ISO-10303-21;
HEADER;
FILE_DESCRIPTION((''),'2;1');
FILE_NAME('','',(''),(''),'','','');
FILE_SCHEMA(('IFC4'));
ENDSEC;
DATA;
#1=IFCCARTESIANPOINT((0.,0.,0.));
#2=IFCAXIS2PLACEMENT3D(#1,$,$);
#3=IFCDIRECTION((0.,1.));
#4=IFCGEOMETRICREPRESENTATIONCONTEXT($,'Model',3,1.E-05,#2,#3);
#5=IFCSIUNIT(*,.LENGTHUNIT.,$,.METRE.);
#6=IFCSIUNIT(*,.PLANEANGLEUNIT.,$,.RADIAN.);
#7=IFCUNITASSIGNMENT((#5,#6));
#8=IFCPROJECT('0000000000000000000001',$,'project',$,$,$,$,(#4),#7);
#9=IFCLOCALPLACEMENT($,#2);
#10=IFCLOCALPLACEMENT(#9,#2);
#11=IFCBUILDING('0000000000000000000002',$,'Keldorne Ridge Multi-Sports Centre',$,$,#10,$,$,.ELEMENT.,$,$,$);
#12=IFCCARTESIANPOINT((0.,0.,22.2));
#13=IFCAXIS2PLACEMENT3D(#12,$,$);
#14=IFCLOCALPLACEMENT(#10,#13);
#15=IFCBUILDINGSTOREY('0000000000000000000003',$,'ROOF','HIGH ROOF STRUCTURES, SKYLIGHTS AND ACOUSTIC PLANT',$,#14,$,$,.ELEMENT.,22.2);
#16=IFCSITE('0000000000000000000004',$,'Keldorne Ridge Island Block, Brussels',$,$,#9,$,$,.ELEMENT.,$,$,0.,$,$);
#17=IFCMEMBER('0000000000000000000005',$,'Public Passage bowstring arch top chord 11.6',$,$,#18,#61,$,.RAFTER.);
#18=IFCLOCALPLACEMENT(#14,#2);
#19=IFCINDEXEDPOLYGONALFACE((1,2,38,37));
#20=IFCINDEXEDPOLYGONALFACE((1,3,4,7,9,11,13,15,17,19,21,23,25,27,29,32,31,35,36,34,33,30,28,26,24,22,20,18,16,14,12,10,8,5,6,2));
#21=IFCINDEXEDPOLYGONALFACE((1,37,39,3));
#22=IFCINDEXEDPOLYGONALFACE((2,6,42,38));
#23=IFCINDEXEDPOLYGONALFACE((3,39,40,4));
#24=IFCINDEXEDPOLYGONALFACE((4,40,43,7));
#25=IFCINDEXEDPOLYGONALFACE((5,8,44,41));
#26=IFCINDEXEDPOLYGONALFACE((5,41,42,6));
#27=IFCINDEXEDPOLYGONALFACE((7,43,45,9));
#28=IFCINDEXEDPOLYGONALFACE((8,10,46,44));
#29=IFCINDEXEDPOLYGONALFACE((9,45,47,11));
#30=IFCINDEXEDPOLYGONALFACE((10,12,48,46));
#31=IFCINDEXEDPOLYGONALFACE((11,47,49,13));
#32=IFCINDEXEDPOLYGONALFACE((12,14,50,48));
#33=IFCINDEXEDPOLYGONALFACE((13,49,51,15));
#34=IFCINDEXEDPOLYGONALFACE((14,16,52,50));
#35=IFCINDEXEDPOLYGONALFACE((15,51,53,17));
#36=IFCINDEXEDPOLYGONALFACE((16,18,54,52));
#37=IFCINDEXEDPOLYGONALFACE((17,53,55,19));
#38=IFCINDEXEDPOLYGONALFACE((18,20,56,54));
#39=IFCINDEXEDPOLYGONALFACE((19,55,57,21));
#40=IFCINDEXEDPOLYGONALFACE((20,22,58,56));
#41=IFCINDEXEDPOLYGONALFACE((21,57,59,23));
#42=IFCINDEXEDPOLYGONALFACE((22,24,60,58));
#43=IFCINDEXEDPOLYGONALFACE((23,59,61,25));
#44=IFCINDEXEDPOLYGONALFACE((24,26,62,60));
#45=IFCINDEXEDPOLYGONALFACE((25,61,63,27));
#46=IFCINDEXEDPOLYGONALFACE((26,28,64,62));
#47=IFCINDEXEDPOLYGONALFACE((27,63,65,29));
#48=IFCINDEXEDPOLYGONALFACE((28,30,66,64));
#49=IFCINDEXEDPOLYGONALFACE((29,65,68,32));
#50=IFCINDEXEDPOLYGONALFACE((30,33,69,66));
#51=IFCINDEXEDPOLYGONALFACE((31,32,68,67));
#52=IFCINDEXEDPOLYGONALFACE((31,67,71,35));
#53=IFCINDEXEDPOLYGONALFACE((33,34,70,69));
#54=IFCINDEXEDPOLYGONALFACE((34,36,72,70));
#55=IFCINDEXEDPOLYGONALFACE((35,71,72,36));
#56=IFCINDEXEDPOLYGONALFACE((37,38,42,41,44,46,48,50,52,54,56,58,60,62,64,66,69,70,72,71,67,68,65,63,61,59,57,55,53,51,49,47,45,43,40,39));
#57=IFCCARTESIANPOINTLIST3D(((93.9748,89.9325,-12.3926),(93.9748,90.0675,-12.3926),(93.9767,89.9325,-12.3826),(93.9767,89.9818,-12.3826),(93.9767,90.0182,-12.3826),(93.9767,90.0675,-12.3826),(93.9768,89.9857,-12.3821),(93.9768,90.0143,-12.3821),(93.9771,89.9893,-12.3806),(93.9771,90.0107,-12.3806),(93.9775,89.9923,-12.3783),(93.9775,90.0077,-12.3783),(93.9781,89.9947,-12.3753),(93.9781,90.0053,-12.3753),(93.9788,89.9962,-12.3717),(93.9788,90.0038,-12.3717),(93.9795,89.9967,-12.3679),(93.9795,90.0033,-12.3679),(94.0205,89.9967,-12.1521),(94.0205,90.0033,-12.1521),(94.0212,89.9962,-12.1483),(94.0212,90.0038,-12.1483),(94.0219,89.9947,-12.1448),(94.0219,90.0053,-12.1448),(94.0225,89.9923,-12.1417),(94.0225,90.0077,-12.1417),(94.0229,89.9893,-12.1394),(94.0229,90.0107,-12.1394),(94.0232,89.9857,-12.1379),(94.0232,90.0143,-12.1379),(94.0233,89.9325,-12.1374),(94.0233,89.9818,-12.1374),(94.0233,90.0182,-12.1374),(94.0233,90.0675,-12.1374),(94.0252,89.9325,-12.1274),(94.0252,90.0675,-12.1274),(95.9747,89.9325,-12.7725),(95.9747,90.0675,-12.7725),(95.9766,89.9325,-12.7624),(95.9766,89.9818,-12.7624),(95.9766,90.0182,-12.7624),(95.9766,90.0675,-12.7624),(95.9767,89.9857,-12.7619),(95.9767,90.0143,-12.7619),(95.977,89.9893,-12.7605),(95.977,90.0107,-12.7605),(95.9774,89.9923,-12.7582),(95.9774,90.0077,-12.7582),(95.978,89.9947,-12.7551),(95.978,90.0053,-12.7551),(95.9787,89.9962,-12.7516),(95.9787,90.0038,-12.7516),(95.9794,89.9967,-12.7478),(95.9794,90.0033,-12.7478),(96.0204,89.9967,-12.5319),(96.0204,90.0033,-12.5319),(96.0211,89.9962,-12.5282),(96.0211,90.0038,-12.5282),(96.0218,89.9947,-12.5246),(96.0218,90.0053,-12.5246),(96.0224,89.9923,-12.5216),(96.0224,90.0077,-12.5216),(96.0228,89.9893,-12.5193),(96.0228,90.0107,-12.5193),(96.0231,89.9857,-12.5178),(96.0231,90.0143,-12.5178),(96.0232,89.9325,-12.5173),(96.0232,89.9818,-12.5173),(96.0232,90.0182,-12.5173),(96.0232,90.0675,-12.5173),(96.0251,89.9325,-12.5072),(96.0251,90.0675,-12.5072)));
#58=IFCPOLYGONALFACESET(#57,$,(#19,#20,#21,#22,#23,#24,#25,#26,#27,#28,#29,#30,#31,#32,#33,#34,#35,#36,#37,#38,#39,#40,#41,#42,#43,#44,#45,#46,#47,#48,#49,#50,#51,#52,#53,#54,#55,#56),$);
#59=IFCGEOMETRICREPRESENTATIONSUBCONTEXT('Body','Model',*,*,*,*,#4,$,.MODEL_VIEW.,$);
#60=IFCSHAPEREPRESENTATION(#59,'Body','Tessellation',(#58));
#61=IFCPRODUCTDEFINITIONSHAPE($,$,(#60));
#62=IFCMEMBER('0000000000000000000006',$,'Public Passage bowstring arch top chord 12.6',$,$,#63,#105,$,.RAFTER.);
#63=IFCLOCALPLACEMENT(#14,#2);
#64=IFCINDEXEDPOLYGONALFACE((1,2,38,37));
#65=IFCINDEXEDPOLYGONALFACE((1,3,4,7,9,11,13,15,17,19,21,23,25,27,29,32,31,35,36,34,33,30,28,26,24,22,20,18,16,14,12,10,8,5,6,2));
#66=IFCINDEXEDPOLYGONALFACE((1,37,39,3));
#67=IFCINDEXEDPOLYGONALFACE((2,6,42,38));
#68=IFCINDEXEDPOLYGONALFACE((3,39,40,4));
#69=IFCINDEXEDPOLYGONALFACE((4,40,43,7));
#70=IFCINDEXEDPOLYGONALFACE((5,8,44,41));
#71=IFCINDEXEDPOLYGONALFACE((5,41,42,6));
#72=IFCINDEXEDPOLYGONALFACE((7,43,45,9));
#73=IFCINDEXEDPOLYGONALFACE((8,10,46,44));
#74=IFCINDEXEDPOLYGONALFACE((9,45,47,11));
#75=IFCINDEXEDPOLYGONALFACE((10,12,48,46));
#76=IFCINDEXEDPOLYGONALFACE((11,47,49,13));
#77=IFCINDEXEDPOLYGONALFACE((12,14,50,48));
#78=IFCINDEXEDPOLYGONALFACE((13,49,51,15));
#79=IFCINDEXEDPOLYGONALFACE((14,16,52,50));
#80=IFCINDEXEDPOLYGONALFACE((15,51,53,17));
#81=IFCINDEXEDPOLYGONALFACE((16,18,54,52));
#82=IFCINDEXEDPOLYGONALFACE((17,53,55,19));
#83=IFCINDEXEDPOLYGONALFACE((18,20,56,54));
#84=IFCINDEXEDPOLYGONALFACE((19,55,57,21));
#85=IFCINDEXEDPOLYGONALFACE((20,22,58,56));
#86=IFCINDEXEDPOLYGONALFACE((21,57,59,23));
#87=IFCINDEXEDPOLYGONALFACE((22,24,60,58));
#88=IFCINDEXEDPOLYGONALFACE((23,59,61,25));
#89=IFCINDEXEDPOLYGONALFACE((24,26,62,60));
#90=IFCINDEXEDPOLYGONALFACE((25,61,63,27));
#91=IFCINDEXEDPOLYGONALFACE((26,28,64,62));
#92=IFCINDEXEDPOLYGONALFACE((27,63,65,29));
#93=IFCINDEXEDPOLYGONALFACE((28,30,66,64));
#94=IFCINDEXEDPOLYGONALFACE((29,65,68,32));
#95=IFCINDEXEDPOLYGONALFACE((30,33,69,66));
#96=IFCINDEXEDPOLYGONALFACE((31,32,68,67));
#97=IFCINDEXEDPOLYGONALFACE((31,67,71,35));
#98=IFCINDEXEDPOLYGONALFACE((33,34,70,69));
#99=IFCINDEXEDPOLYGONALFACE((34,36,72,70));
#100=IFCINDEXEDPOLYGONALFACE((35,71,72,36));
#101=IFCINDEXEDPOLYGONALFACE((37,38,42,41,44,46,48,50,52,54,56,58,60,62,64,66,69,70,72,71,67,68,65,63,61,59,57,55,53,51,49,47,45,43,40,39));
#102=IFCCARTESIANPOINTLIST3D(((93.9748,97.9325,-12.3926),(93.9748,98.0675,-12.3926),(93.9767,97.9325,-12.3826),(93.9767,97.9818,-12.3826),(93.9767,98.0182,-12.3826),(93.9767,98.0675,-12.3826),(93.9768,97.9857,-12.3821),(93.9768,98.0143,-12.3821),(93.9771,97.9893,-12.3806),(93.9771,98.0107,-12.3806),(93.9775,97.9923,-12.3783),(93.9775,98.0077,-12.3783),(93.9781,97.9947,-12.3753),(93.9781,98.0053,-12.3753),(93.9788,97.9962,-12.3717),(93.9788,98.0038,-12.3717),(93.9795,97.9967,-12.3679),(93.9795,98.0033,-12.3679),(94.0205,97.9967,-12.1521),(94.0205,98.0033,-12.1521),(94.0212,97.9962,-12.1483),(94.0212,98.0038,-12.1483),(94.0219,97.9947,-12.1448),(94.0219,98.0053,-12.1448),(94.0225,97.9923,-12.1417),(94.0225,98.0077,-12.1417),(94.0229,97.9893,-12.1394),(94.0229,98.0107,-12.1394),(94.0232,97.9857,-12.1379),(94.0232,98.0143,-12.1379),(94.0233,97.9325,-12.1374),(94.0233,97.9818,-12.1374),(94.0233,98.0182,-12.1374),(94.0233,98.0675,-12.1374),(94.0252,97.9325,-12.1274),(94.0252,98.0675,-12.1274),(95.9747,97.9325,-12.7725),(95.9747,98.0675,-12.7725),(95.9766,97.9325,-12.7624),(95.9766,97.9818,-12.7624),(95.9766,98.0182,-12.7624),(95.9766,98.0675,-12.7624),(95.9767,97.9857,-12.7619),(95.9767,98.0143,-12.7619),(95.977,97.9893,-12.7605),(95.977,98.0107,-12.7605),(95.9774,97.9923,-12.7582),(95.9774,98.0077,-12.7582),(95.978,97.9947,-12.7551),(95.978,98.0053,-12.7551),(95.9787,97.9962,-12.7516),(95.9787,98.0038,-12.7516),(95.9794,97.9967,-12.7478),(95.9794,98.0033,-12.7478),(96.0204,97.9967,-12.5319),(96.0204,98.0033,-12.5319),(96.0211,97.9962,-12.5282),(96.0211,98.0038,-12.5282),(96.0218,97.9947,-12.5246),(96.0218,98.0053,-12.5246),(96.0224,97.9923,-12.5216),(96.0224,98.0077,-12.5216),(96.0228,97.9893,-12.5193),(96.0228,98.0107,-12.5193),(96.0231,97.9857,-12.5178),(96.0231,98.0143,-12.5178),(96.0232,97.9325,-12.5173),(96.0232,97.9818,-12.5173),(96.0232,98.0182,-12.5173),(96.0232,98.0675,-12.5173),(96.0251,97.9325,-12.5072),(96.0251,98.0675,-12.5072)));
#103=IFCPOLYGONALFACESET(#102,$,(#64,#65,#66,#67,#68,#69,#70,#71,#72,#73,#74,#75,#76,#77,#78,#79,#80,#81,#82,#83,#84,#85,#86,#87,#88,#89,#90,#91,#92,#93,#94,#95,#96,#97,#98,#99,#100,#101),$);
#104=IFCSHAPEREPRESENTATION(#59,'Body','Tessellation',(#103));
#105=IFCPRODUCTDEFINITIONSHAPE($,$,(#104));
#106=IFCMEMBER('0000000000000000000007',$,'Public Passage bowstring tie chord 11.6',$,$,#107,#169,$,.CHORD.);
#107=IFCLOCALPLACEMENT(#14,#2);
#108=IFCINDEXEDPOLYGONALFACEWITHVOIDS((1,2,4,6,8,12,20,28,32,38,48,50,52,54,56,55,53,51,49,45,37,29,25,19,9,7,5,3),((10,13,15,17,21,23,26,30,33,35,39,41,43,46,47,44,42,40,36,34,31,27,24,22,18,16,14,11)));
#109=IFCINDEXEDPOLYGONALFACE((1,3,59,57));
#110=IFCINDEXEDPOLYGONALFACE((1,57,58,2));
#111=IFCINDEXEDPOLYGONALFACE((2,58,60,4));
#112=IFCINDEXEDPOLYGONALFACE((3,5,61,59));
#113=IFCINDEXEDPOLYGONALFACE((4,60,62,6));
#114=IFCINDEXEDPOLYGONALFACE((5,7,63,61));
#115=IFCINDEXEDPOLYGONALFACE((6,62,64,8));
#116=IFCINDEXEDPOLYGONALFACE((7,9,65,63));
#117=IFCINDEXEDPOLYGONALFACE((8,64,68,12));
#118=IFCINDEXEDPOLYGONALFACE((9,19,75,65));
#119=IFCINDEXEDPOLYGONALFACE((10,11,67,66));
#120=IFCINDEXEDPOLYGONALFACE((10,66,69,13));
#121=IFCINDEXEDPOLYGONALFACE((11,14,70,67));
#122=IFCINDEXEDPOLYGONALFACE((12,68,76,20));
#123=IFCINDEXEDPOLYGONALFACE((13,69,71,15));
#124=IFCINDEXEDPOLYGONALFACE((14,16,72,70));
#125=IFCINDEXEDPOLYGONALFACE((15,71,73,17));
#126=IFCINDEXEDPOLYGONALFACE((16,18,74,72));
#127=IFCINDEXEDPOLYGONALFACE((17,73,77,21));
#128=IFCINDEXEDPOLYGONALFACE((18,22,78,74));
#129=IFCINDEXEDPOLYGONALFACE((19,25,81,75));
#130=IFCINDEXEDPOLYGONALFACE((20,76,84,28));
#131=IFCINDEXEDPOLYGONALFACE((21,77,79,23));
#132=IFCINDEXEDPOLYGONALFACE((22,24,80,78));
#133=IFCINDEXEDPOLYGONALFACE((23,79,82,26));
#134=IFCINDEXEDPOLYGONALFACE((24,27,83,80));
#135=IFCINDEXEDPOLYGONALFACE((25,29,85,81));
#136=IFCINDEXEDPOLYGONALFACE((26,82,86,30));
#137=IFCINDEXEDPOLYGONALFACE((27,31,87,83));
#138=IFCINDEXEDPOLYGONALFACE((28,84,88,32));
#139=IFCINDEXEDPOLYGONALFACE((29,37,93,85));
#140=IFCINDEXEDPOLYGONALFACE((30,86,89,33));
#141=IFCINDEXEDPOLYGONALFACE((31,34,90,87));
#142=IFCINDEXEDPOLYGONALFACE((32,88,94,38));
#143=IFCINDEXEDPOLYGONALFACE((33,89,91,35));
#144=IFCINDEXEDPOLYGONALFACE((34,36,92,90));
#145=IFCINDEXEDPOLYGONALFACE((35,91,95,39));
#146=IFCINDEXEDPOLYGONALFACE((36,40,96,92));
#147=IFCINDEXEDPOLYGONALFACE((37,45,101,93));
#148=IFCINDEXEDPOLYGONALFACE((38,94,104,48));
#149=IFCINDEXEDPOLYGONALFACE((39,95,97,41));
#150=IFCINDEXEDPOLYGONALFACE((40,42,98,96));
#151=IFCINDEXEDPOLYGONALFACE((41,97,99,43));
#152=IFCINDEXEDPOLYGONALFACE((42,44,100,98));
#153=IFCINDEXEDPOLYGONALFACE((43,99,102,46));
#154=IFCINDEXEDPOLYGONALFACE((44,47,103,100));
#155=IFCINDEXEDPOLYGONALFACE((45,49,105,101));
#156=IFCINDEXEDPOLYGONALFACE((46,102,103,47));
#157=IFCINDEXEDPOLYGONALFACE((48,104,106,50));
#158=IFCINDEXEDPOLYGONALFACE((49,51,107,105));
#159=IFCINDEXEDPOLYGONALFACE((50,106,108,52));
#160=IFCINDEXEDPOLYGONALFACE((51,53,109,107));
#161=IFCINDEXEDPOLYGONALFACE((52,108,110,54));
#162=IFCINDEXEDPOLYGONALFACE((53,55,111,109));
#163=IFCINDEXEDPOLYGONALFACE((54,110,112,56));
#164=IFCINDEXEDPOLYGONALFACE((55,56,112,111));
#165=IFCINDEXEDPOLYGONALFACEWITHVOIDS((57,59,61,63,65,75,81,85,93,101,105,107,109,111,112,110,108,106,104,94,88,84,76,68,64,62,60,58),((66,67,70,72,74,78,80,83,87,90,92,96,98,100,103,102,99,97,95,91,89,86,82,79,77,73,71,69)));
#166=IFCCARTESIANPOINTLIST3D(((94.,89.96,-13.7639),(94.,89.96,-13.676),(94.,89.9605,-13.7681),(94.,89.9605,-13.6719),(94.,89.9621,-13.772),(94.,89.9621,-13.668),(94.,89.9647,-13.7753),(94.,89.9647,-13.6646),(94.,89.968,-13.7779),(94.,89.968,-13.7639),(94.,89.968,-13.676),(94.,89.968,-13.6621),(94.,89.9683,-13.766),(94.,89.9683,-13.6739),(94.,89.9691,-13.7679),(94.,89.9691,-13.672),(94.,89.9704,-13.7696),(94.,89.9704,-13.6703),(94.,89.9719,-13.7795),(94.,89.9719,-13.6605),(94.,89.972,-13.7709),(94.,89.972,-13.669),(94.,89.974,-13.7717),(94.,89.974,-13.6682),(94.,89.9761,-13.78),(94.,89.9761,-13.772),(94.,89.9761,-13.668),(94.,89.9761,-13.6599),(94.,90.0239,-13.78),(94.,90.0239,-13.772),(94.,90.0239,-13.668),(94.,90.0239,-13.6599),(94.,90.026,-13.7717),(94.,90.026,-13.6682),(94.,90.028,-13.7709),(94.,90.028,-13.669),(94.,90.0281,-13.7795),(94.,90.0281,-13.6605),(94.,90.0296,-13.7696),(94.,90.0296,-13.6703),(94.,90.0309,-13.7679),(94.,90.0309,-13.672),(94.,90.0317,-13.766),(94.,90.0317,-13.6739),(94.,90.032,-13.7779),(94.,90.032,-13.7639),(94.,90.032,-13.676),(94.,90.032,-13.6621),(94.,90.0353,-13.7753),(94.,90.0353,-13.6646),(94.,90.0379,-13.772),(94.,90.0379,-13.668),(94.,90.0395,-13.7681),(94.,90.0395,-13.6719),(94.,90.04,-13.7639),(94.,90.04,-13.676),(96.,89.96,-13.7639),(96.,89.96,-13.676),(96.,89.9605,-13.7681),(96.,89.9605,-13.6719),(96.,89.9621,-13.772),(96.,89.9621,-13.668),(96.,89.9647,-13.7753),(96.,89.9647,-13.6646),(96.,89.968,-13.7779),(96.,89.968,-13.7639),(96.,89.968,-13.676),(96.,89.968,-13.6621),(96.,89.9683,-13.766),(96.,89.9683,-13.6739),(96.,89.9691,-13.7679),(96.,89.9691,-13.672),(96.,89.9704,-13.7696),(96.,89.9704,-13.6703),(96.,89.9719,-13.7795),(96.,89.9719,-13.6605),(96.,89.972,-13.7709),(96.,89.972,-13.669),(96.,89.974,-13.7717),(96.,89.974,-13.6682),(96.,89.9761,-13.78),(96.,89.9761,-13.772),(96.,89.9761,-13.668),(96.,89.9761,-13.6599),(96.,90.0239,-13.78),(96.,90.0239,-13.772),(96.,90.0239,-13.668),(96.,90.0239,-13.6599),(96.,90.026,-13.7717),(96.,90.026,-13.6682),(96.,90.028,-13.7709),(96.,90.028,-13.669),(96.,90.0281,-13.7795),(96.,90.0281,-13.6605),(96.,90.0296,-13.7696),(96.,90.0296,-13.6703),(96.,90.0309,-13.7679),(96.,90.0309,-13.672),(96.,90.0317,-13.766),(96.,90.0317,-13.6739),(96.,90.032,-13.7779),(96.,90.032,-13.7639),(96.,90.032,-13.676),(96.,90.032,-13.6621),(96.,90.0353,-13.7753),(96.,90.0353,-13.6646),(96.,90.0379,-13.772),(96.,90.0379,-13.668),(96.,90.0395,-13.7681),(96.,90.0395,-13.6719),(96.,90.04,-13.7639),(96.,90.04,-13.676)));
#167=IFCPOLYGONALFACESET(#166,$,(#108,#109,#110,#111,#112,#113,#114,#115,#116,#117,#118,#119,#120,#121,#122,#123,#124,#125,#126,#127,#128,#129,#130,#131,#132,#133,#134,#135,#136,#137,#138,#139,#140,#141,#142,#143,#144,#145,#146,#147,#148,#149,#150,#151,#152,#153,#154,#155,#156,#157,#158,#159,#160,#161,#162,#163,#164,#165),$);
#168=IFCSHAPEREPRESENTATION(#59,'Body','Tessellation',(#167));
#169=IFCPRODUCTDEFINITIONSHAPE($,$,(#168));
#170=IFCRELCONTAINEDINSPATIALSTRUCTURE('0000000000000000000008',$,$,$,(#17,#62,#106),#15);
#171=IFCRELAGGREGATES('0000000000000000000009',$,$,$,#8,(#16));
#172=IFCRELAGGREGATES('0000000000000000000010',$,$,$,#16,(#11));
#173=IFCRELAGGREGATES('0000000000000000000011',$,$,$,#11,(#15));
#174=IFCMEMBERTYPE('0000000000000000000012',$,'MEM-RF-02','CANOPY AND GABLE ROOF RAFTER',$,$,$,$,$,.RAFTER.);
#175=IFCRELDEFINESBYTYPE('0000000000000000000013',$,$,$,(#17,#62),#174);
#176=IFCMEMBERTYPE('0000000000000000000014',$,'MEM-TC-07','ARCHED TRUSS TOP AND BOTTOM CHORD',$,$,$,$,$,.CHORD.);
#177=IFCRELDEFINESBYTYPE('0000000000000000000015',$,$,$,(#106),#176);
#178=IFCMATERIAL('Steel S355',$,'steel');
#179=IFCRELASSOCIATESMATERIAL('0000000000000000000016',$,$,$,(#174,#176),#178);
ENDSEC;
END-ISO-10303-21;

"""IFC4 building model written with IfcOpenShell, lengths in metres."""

from ifc_helpers import new_model, si_unit, direction, frame, origin, origin_2d, place, context, subcontext, project, spatial, hollow_rectangle, i_section, extrude, material, material_profile, profile_set, type_object, element, save


model = new_model("IFC4")

# Units and contexts
model_context = context("Model", 3, precision=1e-05, world=origin(), true_north=direction((0.0, 1.0)))
body_context = subcontext(model_context, "Body", "Model", "MODEL_VIEW")
ifc_project = project(units=[si_unit("LENGTHUNIT", "METRE"), si_unit("PLANEANGLEUNIT", "RADIAN")], contexts=[model_context])

# Site, building, storey
site_placement = place(None, origin())
site = spatial("IfcSite", under=ifc_project, at=site_placement, Name="Keldorne Ridge Island Block, Brussels", CompositionType="ELEMENT", RefElevation=0.0)
building_placement = place(site_placement, origin())
building = spatial("IfcBuilding", under=site, at=building_placement, Name="Keldorne Ridge Multi-Sports Centre", CompositionType="ELEMENT")
storey_placement = place(building_placement, frame((0.0, 0.0, 22.2)))
storey = spatial("IfcBuildingStorey", under=building, at=storey_placement, Name="ROOF", Description="HIGH ROOF STRUCTURES, SKYLIGHTS AND ACOUSTIC PLANT", CompositionType="ELEMENT", Elevation=22.2)

# Shared definitions
ifc_material_1 = material(Name="Steel S355", Category="steel")

# Members
ifc_material_profile_1 = material_profile(ifc_material_1, i_section(OverallWidth=0.135, OverallDepth=0.27, WebThickness=0.0066, FlangeThickness=0.0103, FilletRadius=0.0149, at=origin_2d()), Name="IPE 270")
ifc_profile_set_1 = profile_set([ifc_material_profile_1], Name="Steel S355")
member_type_1 = type_object("IfcMemberType", Name="MEM-RF-02", Description="CANOPY AND GABLE ROOF RAFTER", PredefinedType="RAFTER", material=ifc_profile_set_1)
for number, where, z_axis, x_axis, name in (
    (1, (94.0, 90.0, -12.26), (0.982435, 0.0, -0.186605), (0.0, 1.0, 0.0), "Public Passage bowstring arch top chord 11.6"),
    (2, (94.0, 98.0, -12.26), (0.982435, 0.0, -0.186605), (0.0, 1.0, 0.0), "Public Passage bowstring arch top chord 12.6"),
):
    element("IfcMember", number, at=place(storey_placement, frame(where, z_axis=z_axis, x_axis=x_axis)), inside=storey, type_object=member_type_1, Name=name, PredefinedType="RAFTER", context=body_context, shape_type="SweptSolid", body=[
        extrude(i_section(OverallWidth=0.135, OverallDepth=0.27, WebThickness=0.0066, FlangeThickness=0.0103, FilletRadius=0.0149, at=origin_2d()), origin(), (0.0, 0.0, 1.0), 2.0356),
    ])
ifc_material_profile_2 = material_profile(ifc_material_1, hollow_rectangle(XDim=0.0801, YDim=0.1201, WallThickness=0.0081, InnerFilletRadius=0.0081, OuterFilletRadius=0.0161, at=origin_2d()), Name="RHS 120x80x8")
ifc_profile_set_2 = profile_set([ifc_material_profile_2], Name="Steel S355")
member_type_2 = type_object("IfcMemberType", Name="MEM-TC-07", Description="ARCHED TRUSS TOP AND BOTTOM CHORD", PredefinedType="CHORD", material=ifc_profile_set_2)
for number, where, z_axis, x_axis, name in (
    (3, (94.0, 90.0, -13.72), (1.0, 0.0, 0.0), (0.0, 1.0, 0.0), "Public Passage bowstring tie chord 11.6"),
):
    element("IfcMember", number, at=place(storey_placement, frame(where, z_axis=z_axis, x_axis=x_axis)), inside=storey, type_object=member_type_2, Name=name, PredefinedType="CHORD", context=body_context, shape_type="SweptSolid", body=[
        extrude(hollow_rectangle(XDim=0.0801, YDim=0.1201, WallThickness=0.0081, InnerFilletRadius=0.0081, OuterFilletRadius=0.0161, at=origin_2d()), origin(), (0.0, 0.0, 1.0), 2.0),
    ])

save(model, "model.ifc")
